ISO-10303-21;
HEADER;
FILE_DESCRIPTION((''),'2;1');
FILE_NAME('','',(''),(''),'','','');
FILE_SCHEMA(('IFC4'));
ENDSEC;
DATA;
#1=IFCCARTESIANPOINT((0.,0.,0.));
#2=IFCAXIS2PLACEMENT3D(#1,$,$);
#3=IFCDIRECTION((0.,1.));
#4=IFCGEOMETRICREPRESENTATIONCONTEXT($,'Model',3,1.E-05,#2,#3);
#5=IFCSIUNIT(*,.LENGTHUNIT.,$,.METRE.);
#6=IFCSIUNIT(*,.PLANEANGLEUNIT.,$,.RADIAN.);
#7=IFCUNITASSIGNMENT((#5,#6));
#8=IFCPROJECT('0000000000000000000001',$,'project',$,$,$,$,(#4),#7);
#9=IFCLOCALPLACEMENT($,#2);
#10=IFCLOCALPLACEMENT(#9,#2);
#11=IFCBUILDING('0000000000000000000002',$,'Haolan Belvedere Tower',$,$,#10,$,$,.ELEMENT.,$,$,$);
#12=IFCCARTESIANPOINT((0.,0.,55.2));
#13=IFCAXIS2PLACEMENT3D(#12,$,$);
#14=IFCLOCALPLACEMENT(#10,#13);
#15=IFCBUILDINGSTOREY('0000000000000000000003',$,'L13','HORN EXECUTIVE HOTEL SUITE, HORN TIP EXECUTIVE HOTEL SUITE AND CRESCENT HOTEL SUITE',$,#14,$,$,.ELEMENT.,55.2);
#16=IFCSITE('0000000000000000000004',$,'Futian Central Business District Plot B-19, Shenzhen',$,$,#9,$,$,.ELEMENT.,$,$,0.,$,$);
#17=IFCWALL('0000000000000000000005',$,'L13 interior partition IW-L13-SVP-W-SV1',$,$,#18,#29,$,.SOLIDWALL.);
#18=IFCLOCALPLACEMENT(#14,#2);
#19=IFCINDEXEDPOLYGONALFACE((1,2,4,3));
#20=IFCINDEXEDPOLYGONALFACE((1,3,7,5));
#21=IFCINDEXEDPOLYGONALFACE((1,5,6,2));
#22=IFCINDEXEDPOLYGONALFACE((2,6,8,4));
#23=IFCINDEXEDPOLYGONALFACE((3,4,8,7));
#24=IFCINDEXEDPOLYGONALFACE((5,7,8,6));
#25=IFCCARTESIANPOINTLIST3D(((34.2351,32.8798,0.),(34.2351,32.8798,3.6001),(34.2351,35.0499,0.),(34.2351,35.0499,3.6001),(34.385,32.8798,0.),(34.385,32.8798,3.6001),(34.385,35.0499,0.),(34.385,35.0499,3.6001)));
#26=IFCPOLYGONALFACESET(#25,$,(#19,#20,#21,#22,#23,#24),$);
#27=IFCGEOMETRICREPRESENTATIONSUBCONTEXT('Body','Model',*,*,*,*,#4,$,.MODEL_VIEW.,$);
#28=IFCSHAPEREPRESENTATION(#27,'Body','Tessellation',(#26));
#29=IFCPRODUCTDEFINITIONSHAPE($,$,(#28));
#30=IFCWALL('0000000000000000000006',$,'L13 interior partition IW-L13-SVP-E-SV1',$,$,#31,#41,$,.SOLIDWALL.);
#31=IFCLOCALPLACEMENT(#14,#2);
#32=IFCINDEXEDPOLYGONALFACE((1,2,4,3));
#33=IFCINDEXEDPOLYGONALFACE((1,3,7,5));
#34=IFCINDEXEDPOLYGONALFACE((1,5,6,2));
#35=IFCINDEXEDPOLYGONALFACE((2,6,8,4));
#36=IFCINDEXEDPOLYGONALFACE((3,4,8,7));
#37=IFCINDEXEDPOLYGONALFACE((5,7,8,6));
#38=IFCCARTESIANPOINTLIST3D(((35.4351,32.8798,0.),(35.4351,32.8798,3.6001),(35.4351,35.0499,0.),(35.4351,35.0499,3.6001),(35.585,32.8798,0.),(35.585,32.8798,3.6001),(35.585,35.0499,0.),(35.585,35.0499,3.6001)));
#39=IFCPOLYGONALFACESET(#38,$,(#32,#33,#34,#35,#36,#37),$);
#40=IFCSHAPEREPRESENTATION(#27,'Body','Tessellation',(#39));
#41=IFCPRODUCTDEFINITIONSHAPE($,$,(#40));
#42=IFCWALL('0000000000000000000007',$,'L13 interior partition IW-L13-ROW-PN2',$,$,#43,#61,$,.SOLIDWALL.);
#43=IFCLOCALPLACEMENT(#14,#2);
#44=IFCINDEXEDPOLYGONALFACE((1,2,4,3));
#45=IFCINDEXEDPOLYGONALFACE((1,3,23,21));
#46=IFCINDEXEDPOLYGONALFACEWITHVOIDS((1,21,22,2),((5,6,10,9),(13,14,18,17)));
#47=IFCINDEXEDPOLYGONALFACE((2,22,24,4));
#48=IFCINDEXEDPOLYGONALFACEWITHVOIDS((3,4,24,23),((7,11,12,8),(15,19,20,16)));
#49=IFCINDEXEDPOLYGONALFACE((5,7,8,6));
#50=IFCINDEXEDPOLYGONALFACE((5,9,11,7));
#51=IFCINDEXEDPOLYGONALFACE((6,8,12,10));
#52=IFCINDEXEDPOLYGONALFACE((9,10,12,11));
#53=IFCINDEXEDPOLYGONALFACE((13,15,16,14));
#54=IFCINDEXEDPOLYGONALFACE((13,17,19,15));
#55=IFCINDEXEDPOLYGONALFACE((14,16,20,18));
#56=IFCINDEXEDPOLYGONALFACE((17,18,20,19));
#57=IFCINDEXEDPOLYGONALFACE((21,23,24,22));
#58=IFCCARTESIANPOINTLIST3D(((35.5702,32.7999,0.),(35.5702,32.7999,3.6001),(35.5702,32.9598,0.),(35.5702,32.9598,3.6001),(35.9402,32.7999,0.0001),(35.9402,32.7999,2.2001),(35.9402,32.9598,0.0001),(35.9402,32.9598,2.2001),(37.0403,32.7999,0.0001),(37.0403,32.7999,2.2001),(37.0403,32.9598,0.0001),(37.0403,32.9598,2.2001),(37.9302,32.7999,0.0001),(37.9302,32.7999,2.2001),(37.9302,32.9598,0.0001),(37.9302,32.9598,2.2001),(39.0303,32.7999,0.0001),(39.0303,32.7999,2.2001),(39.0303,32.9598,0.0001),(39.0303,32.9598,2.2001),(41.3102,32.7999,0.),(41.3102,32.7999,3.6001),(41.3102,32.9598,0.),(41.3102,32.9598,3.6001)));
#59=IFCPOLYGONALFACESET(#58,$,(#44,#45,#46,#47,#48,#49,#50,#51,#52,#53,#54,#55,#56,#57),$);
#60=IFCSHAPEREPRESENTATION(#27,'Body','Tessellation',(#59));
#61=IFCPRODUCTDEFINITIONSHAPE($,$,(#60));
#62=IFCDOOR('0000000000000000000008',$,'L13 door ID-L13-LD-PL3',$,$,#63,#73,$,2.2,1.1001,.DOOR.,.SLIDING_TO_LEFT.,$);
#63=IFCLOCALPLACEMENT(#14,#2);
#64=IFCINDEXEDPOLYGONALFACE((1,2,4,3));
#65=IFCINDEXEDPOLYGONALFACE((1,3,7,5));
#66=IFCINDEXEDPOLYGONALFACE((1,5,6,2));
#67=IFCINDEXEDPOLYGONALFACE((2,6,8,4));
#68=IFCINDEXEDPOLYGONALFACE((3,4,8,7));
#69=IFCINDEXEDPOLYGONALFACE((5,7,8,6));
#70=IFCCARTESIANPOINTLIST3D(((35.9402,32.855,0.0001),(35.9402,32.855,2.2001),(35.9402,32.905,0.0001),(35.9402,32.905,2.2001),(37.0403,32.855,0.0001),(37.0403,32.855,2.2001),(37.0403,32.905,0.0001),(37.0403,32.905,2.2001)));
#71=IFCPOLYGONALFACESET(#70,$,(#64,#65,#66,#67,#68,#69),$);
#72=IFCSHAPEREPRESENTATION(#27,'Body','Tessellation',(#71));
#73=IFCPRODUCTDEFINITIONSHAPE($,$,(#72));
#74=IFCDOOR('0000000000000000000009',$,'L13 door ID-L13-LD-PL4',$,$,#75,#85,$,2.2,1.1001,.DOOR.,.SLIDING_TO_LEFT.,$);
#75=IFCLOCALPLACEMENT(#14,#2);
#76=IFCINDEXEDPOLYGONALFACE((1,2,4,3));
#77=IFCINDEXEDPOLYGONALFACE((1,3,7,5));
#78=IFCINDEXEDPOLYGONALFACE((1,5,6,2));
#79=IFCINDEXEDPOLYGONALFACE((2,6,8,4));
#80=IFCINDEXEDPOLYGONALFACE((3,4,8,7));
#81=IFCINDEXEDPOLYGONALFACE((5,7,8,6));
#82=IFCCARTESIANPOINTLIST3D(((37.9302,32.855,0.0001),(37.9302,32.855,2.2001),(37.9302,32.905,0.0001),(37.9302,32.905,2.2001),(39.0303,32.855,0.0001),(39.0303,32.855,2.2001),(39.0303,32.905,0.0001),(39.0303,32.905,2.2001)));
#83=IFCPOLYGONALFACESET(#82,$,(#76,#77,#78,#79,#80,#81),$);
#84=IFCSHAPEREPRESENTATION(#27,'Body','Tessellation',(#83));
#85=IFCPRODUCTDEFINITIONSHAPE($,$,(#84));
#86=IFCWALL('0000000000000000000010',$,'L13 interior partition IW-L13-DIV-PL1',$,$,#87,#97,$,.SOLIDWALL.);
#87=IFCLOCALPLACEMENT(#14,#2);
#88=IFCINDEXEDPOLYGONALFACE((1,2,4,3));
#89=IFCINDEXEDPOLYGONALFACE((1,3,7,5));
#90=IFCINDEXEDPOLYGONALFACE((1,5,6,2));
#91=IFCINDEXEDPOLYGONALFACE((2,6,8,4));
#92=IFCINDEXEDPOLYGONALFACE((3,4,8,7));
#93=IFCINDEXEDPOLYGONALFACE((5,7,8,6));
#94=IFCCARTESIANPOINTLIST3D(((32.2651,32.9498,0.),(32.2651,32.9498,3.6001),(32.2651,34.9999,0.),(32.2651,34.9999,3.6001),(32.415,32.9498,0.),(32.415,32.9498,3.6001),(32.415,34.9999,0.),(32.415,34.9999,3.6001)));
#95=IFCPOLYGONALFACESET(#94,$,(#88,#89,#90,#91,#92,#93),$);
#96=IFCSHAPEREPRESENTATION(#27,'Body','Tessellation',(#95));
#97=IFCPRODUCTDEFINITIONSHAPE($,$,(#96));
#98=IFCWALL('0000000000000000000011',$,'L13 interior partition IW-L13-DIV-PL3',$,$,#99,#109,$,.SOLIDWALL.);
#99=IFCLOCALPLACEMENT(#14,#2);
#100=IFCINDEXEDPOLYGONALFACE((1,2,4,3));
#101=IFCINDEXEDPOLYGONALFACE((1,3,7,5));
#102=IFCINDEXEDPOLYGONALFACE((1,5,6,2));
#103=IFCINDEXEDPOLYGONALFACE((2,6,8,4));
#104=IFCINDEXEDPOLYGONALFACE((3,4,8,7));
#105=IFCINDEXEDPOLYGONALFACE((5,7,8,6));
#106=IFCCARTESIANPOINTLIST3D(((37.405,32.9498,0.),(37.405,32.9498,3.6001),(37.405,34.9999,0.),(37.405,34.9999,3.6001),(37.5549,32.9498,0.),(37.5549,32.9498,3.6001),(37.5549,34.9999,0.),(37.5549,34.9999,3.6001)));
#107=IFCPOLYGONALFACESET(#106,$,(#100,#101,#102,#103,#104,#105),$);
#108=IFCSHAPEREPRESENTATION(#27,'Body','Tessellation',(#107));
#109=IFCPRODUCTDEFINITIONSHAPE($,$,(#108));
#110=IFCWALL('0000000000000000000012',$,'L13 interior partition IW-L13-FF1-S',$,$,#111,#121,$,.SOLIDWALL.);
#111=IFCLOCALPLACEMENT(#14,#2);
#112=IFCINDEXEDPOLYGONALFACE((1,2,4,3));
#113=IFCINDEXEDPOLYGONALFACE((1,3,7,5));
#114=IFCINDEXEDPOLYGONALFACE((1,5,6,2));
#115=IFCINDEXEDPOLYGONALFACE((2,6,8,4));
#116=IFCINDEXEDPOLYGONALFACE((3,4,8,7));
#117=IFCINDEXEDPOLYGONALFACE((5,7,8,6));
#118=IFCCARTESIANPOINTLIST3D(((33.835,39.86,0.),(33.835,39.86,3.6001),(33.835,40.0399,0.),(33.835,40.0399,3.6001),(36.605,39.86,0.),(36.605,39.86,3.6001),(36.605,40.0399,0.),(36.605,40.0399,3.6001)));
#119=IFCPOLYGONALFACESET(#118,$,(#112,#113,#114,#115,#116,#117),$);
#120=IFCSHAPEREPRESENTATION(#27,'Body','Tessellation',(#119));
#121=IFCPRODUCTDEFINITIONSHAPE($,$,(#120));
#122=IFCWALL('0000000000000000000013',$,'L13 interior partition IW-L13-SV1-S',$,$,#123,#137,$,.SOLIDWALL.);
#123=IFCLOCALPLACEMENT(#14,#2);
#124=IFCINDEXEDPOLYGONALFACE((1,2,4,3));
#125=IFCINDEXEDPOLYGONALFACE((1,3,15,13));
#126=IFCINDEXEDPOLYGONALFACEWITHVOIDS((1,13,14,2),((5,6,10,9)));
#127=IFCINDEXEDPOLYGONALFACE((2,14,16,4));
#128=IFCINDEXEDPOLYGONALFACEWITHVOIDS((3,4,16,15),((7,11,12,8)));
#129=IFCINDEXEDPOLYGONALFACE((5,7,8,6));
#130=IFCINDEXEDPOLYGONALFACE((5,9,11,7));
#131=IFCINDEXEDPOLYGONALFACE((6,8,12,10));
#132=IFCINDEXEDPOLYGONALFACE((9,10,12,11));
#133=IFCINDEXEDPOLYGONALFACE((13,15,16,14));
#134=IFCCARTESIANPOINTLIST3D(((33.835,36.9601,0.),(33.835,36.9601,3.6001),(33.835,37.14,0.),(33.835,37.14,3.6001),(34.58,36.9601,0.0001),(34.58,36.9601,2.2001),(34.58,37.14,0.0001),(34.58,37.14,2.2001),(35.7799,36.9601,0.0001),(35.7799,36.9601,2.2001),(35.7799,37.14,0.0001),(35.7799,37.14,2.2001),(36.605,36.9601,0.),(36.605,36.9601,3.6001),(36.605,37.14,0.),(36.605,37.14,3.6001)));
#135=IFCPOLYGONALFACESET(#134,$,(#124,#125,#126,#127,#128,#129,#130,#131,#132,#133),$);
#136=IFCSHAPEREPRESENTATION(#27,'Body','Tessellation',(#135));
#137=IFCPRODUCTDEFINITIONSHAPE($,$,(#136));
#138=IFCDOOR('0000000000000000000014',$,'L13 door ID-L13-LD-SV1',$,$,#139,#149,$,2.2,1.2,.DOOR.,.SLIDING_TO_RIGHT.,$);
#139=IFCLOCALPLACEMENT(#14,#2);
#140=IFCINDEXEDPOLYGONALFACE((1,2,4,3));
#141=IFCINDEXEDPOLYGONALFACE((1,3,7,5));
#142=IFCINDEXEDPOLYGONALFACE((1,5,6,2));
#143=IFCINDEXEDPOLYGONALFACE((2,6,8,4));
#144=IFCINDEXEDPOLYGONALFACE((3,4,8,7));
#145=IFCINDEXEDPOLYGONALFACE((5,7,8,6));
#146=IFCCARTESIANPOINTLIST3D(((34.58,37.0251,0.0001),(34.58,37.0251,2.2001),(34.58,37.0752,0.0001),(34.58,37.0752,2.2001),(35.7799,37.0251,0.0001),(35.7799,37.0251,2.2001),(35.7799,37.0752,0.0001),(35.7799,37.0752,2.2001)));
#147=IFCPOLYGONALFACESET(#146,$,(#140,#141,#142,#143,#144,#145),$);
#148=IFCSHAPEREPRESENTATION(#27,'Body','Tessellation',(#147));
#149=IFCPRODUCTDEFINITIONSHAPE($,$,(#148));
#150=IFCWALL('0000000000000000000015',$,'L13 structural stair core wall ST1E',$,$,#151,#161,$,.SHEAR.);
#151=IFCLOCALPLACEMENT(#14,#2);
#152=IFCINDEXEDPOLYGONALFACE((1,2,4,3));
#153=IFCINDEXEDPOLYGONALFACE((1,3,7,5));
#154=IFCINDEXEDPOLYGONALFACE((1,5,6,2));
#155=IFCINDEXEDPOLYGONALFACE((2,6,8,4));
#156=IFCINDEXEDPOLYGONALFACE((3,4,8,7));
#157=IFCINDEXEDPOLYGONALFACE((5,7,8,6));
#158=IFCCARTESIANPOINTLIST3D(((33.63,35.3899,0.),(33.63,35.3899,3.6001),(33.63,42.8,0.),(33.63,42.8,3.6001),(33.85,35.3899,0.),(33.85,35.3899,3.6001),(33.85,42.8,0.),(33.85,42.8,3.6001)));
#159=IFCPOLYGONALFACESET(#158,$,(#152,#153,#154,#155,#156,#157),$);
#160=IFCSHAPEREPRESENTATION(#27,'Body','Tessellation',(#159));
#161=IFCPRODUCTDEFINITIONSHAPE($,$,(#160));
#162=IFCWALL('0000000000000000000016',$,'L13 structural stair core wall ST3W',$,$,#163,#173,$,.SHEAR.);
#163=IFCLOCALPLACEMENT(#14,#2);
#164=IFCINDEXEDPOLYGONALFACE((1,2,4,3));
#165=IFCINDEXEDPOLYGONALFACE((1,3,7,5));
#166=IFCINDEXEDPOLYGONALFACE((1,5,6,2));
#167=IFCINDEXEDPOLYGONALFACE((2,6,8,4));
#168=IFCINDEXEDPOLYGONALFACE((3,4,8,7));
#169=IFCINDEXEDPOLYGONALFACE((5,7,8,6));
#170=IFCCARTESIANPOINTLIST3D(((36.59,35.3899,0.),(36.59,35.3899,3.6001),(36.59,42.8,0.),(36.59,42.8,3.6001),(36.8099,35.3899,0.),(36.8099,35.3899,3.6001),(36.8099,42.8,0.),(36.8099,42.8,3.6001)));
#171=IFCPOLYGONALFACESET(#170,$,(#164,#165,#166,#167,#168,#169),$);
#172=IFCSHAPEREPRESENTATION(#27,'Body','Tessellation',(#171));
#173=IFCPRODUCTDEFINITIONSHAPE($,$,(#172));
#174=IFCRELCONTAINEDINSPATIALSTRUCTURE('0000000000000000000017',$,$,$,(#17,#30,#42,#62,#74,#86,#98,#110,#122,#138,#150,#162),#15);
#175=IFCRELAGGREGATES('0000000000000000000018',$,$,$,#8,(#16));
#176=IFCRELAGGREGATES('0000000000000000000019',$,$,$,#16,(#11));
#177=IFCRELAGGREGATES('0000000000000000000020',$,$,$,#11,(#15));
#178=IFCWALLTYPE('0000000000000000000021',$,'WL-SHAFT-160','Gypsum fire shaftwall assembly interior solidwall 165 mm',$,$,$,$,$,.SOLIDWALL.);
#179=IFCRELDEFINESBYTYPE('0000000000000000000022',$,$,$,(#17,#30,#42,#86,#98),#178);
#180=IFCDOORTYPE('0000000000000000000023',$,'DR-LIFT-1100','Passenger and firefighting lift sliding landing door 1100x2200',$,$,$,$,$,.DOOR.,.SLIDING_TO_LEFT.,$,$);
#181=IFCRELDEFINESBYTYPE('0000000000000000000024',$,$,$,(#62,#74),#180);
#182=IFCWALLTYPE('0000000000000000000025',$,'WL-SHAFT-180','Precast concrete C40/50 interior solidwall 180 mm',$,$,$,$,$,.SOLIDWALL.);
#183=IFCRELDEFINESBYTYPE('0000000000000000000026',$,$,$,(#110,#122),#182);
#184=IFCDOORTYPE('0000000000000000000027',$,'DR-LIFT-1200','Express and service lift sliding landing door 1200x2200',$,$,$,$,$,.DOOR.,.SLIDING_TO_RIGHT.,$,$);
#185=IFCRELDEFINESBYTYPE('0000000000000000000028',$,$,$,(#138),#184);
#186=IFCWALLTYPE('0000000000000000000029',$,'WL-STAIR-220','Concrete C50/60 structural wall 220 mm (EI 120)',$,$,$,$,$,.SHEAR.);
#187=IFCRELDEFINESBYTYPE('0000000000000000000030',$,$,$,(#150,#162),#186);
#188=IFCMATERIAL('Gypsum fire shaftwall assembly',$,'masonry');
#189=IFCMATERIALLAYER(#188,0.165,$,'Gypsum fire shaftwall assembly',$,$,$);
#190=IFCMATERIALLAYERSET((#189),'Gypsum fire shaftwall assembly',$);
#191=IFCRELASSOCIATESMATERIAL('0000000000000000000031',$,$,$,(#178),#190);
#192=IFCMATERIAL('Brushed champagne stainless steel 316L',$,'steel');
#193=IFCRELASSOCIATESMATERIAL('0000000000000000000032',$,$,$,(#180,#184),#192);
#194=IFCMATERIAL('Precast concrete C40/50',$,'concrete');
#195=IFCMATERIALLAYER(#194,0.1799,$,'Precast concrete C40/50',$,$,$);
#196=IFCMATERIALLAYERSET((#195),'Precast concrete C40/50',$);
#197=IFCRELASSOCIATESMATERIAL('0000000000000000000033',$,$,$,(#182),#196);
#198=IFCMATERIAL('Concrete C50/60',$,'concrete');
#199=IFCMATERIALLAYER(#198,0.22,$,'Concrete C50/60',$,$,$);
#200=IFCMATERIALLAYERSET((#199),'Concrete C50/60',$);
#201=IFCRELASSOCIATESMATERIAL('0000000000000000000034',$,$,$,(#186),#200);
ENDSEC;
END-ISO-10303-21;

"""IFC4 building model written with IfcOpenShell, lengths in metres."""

from ifc_helpers import new_model, si_unit, direction, frame, frame_2d, origin, place, context, subcontext, project, spatial, rectangle, extrude, material, layer, layer_set, type_object, element, fill, save


model = new_model("IFC4")

# Units and contexts
model_context = context("Model", 3, precision=1e-05, world=origin(), true_north=direction((0.0, 1.0)))
body_context = subcontext(model_context, "Body", "Model", "MODEL_VIEW")
ifc_project = project(units=[si_unit("LENGTHUNIT", "METRE"), si_unit("PLANEANGLEUNIT", "RADIAN")], contexts=[model_context])

# Site, building, storey
site_placement = place(None, origin())
site = spatial("IfcSite", under=ifc_project, at=site_placement, Name="Futian Central Business District Plot B-19, Shenzhen", CompositionType="ELEMENT", RefElevation=0.0)
building_placement = place(site_placement, origin())
building = spatial("IfcBuilding", under=site, at=building_placement, Name="Haolan Belvedere Tower", CompositionType="ELEMENT")
storey_placement = place(building_placement, frame((0.0, 0.0, 55.2)))
storey = spatial("IfcBuildingStorey", under=building, at=storey_placement, Name="L13", Description="HORN EXECUTIVE HOTEL SUITE, HORN TIP EXECUTIVE HOTEL SUITE AND CRESCENT HOTEL SUITE", CompositionType="ELEMENT", Elevation=55.2)

# Walls
ifc_material_1 = material(Name="Gypsum fire shaftwall assembly", Category="masonry")
ifc_layer_1 = layer(ifc_material_1, 0.165, Name="Gypsum fire shaftwall assembly")
ifc_layer_set_1 = layer_set([ifc_layer_1], Name="Gypsum fire shaftwall assembly")
wall_type_1 = type_object("IfcWallType", Name="WL-SHAFT-160", Description="Gypsum fire shaftwall assembly interior solidwall 165 mm", PredefinedType="SOLIDWALL", material=ifc_layer_set_1)
for number, where, z_axis, x_axis, name in (
    (1, (34.3101, 32.8799, 0.0), (0.0, 0.0, 1.0), (0.0, 1.0, 0.0), "L13 interior partition IW-L13-SVP-W-SV1"),
    (2, (35.51, 32.8799, 0.0), (0.0, 0.0, 1.0), (0.0, 1.0, 0.0), "L13 interior partition IW-L13-SVP-E-SV1"),
):
    element("IfcWall", number, at=place(storey_placement, frame(where, z_axis=z_axis, x_axis=x_axis)), inside=storey, type_object=wall_type_1, Name=name, PredefinedType="SOLIDWALL", context=body_context, shape_type="SweptSolid", body=[
        extrude(rectangle(XDim=2.1702, YDim=0.1499, at=frame_2d((1.085, 0.0))), origin(), (0.0, 0.0, 1.0), 3.6001),
    ])

# Wall, openings, doors
wall_1_placement = place(storey_placement, frame((35.5701, 32.8799, 0.0), z_axis=(0.0, 0.0, 1.0), x_axis=(1.0, 0.0, 0.0)))
wall_1 = element("IfcWall", 3, at=wall_1_placement, inside=storey, type_object=wall_type_1, Name="L13 interior partition IW-L13-ROW-PN2", PredefinedType="SOLIDWALL", context=body_context, shape_type="SweptSolid", body=[
    extrude(rectangle(XDim=5.74, YDim=0.1599, at=frame_2d((2.8701, 0.0))), origin(), (0.0, 0.0, 1.0), 3.6001),
])
opening_1_placement = place(wall_1_placement, frame((1.4702, 0.0, 0.0), z_axis=(0.0, 0.0, 1.0), x_axis=(-1.0, 0.0, 0.0)))
opening_1 = element("IfcOpeningElement", 4, at=opening_1_placement, cuts=wall_1, PredefinedType="OPENING", context=body_context, shape_type="SweptSolid", body=[
    extrude(rectangle(XDim=1.1001, YDim=2.2, at=frame_2d((0.55, 1.1001))), frame((0.0, 0.0898, 0.0), z_axis=(0.0, -1.0, 0.0), x_axis=(1.0, 0.0, 0.0)), (0.0, 0.0, 1.0), 0.1799),
])
opening_2_placement = place(wall_1_placement, frame((3.4602, 0.0, 0.0), z_axis=(0.0, 0.0, 1.0), x_axis=(-1.0, 0.0, 0.0)))
opening_2 = element("IfcOpeningElement", 5, at=opening_2_placement, cuts=wall_1, PredefinedType="OPENING", context=body_context, shape_type="SweptSolid", body=[
    extrude(rectangle(XDim=1.1001, YDim=2.2, at=frame_2d((0.55, 1.1001))), frame((0.0, 0.0898, 0.0), z_axis=(0.0, -1.0, 0.0), x_axis=(1.0, 0.0, 0.0)), (0.0, 0.0, 1.0), 0.1799),
])
ifc_material_2 = material(Name="Brushed champagne stainless steel 316L", Category="steel")
door_type_1 = type_object("IfcDoorType", Name="DR-LIFT-1100", Description="Passenger and firefighting lift sliding landing door 1100x2200", OperationType="SLIDING_TO_LEFT", PredefinedType="DOOR", material=ifc_material_2)
door_1_placement = place(opening_1_placement, origin())
door_1 = element("IfcDoor", 6, at=door_1_placement, inside=storey, type_object=door_type_1, Name="L13 door ID-L13-LD-PL3", OperationType="SLIDING_TO_LEFT", OverallHeight=2.2, OverallWidth=1.1001, PredefinedType="DOOR", context=body_context, shape_type="SweptSolid", body=[
    extrude(rectangle(XDim=1.1001, YDim=2.2, at=frame_2d((0.55, 1.1001))), frame((0.0, 0.0249, 0.0), z_axis=(0.0, -1.0, 0.0), x_axis=(1.0, 0.0, 0.0)), (0.0, 0.0, 1.0), 0.05),
])
fill(opening_1, door_1)
door_2_placement = place(opening_2_placement, origin())
door_2 = element("IfcDoor", 7, at=door_2_placement, inside=storey, type_object=door_type_1, Name="L13 door ID-L13-LD-PL4", OperationType="SLIDING_TO_LEFT", OverallHeight=2.2, OverallWidth=1.1001, PredefinedType="DOOR", context=body_context, shape_type="SweptSolid", body=[
    extrude(rectangle(XDim=1.1001, YDim=2.2, at=frame_2d((0.55, 1.1001))), frame((0.0, 0.0249, 0.0), z_axis=(0.0, -1.0, 0.0), x_axis=(1.0, 0.0, 0.0)), (0.0, 0.0, 1.0), 0.05),
])
fill(opening_2, door_2)

# Walls
for number, where, z_axis, x_axis, name in (
    (8, (32.3401, 32.95, 0.0), (0.0, 0.0, 1.0), (0.0, 1.0, 0.0), "L13 interior partition IW-L13-DIV-PL1"),
    (9, (37.48, 32.95, 0.0), (0.0, 0.0, 1.0), (0.0, 1.0, 0.0), "L13 interior partition IW-L13-DIV-PL3"),
):
    element("IfcWall", number, at=place(storey_placement, frame(where, z_axis=z_axis, x_axis=x_axis)), inside=storey, type_object=wall_type_1, Name=name, PredefinedType="SOLIDWALL", context=body_context, shape_type="SweptSolid", body=[
        extrude(rectangle(XDim=2.05, YDim=0.1499, at=frame_2d((1.0249, 0.0))), origin(), (0.0, 0.0, 1.0), 3.6001),
    ])
ifc_material_3 = material(Name="Precast concrete C40/50", Category="concrete")
ifc_layer_2 = layer(ifc_material_3, 0.1799, Name="Precast concrete C40/50")
ifc_layer_set_2 = layer_set([ifc_layer_2], Name="Precast concrete C40/50")
wall_type_2 = type_object("IfcWallType", Name="WL-SHAFT-180", Description="Precast concrete C40/50 interior solidwall 180 mm", PredefinedType="SOLIDWALL", material=ifc_layer_set_2)
wall_2_placement = place(storey_placement, frame((33.835, 39.95, 0.0), z_axis=(0.0, 0.0, 1.0), x_axis=(1.0, 0.0, 0.0)))
element("IfcWall", 10, at=wall_2_placement, inside=storey, type_object=wall_type_2, Name="L13 interior partition IW-L13-FF1-S", PredefinedType="SOLIDWALL", context=body_context, shape_type="SweptSolid", body=[
    extrude(rectangle(XDim=2.77, YDim=0.1799, at=frame_2d((1.385, 0.0))), origin(), (0.0, 0.0, 1.0), 3.6001),
])

# Wall, opening, door
wall_3_placement = place(storey_placement, frame((33.835, 37.05, 0.0), z_axis=(0.0, 0.0, 1.0), x_axis=(1.0, 0.0, 0.0)))
wall_3 = element("IfcWall", 11, at=wall_3_placement, inside=storey, type_object=wall_type_2, Name="L13 interior partition IW-L13-SV1-S", PredefinedType="SOLIDWALL", context=body_context, shape_type="SweptSolid", body=[
    extrude(rectangle(XDim=2.77, YDim=0.1799, at=frame_2d((1.385, 0.0))), origin(), (0.0, 0.0, 1.0), 3.6001),
])
opening_3_placement = place(wall_3_placement, frame((1.9451, 0.0, 0.0), z_axis=(0.0, 0.0, 1.0), x_axis=(-1.0, 0.0, 0.0)))
opening_3 = element("IfcOpeningElement", 12, at=opening_3_placement, cuts=wall_3, PredefinedType="OPENING", context=body_context, shape_type="SweptSolid", body=[
    extrude(rectangle(XDim=1.2, YDim=2.2, at=frame_2d((0.6001, 1.1001))), frame((0.0, 0.0999, 0.0), z_axis=(0.0, -1.0, 0.0), x_axis=(1.0, 0.0, 0.0)), (0.0, 0.0, 1.0), 0.2),
])
door_type_2 = type_object("IfcDoorType", Name="DR-LIFT-1200", Description="Express and service lift sliding landing door 1200x2200", OperationType="SLIDING_TO_RIGHT", PredefinedType="DOOR", material=ifc_material_2)
door_3_placement = place(opening_3_placement, origin())
door_3 = element("IfcDoor", 13, at=door_3_placement, inside=storey, type_object=door_type_2, Name="L13 door ID-L13-LD-SV1", OperationType="SLIDING_TO_RIGHT", OverallHeight=2.2, OverallWidth=1.2, PredefinedType="DOOR", context=body_context, shape_type="SweptSolid", body=[
    extrude(rectangle(XDim=1.2, YDim=2.2, at=frame_2d((0.6001, 1.1001))), frame((0.0, 0.0249, 0.0), z_axis=(0.0, -1.0, 0.0), x_axis=(1.0, 0.0, 0.0)), (0.0, 0.0, 1.0), 0.05),
])
fill(opening_3, door_3)

# Walls
ifc_material_4 = material(Name="Concrete C50/60", Category="concrete")
ifc_layer_3 = layer(ifc_material_4, 0.22, Name="Concrete C50/60")
ifc_layer_set_3 = layer_set([ifc_layer_3], Name="Concrete C50/60")
wall_type_3 = type_object("IfcWallType", Name="WL-STAIR-220", Description="Concrete C50/60 structural wall 220 mm (EI 120)", PredefinedType="SHEAR", material=ifc_layer_set_3)
for number, where, z_axis, x_axis, name in (
    (14, (33.74, 35.3899, 0.0), (0.0, 0.0, 1.0), (0.0, 1.0, 0.0), "L13 structural stair core wall ST1E"),
    (15, (36.7, 35.3899, 0.0), (0.0, 0.0, 1.0), (0.0, 1.0, 0.0), "L13 structural stair core wall ST3W"),
):
    element("IfcWall", number, at=place(storey_placement, frame(where, z_axis=z_axis, x_axis=x_axis)), inside=storey, type_object=wall_type_3, Name=name, PredefinedType="SHEAR", context=body_context, shape_type="SweptSolid", body=[
        extrude(rectangle(XDim=7.4102, YDim=0.22, at=frame_2d((3.7051, 0.0))), origin(), (0.0, 0.0, 1.0), 3.6001),
    ])

save(model, "model.ifc")
